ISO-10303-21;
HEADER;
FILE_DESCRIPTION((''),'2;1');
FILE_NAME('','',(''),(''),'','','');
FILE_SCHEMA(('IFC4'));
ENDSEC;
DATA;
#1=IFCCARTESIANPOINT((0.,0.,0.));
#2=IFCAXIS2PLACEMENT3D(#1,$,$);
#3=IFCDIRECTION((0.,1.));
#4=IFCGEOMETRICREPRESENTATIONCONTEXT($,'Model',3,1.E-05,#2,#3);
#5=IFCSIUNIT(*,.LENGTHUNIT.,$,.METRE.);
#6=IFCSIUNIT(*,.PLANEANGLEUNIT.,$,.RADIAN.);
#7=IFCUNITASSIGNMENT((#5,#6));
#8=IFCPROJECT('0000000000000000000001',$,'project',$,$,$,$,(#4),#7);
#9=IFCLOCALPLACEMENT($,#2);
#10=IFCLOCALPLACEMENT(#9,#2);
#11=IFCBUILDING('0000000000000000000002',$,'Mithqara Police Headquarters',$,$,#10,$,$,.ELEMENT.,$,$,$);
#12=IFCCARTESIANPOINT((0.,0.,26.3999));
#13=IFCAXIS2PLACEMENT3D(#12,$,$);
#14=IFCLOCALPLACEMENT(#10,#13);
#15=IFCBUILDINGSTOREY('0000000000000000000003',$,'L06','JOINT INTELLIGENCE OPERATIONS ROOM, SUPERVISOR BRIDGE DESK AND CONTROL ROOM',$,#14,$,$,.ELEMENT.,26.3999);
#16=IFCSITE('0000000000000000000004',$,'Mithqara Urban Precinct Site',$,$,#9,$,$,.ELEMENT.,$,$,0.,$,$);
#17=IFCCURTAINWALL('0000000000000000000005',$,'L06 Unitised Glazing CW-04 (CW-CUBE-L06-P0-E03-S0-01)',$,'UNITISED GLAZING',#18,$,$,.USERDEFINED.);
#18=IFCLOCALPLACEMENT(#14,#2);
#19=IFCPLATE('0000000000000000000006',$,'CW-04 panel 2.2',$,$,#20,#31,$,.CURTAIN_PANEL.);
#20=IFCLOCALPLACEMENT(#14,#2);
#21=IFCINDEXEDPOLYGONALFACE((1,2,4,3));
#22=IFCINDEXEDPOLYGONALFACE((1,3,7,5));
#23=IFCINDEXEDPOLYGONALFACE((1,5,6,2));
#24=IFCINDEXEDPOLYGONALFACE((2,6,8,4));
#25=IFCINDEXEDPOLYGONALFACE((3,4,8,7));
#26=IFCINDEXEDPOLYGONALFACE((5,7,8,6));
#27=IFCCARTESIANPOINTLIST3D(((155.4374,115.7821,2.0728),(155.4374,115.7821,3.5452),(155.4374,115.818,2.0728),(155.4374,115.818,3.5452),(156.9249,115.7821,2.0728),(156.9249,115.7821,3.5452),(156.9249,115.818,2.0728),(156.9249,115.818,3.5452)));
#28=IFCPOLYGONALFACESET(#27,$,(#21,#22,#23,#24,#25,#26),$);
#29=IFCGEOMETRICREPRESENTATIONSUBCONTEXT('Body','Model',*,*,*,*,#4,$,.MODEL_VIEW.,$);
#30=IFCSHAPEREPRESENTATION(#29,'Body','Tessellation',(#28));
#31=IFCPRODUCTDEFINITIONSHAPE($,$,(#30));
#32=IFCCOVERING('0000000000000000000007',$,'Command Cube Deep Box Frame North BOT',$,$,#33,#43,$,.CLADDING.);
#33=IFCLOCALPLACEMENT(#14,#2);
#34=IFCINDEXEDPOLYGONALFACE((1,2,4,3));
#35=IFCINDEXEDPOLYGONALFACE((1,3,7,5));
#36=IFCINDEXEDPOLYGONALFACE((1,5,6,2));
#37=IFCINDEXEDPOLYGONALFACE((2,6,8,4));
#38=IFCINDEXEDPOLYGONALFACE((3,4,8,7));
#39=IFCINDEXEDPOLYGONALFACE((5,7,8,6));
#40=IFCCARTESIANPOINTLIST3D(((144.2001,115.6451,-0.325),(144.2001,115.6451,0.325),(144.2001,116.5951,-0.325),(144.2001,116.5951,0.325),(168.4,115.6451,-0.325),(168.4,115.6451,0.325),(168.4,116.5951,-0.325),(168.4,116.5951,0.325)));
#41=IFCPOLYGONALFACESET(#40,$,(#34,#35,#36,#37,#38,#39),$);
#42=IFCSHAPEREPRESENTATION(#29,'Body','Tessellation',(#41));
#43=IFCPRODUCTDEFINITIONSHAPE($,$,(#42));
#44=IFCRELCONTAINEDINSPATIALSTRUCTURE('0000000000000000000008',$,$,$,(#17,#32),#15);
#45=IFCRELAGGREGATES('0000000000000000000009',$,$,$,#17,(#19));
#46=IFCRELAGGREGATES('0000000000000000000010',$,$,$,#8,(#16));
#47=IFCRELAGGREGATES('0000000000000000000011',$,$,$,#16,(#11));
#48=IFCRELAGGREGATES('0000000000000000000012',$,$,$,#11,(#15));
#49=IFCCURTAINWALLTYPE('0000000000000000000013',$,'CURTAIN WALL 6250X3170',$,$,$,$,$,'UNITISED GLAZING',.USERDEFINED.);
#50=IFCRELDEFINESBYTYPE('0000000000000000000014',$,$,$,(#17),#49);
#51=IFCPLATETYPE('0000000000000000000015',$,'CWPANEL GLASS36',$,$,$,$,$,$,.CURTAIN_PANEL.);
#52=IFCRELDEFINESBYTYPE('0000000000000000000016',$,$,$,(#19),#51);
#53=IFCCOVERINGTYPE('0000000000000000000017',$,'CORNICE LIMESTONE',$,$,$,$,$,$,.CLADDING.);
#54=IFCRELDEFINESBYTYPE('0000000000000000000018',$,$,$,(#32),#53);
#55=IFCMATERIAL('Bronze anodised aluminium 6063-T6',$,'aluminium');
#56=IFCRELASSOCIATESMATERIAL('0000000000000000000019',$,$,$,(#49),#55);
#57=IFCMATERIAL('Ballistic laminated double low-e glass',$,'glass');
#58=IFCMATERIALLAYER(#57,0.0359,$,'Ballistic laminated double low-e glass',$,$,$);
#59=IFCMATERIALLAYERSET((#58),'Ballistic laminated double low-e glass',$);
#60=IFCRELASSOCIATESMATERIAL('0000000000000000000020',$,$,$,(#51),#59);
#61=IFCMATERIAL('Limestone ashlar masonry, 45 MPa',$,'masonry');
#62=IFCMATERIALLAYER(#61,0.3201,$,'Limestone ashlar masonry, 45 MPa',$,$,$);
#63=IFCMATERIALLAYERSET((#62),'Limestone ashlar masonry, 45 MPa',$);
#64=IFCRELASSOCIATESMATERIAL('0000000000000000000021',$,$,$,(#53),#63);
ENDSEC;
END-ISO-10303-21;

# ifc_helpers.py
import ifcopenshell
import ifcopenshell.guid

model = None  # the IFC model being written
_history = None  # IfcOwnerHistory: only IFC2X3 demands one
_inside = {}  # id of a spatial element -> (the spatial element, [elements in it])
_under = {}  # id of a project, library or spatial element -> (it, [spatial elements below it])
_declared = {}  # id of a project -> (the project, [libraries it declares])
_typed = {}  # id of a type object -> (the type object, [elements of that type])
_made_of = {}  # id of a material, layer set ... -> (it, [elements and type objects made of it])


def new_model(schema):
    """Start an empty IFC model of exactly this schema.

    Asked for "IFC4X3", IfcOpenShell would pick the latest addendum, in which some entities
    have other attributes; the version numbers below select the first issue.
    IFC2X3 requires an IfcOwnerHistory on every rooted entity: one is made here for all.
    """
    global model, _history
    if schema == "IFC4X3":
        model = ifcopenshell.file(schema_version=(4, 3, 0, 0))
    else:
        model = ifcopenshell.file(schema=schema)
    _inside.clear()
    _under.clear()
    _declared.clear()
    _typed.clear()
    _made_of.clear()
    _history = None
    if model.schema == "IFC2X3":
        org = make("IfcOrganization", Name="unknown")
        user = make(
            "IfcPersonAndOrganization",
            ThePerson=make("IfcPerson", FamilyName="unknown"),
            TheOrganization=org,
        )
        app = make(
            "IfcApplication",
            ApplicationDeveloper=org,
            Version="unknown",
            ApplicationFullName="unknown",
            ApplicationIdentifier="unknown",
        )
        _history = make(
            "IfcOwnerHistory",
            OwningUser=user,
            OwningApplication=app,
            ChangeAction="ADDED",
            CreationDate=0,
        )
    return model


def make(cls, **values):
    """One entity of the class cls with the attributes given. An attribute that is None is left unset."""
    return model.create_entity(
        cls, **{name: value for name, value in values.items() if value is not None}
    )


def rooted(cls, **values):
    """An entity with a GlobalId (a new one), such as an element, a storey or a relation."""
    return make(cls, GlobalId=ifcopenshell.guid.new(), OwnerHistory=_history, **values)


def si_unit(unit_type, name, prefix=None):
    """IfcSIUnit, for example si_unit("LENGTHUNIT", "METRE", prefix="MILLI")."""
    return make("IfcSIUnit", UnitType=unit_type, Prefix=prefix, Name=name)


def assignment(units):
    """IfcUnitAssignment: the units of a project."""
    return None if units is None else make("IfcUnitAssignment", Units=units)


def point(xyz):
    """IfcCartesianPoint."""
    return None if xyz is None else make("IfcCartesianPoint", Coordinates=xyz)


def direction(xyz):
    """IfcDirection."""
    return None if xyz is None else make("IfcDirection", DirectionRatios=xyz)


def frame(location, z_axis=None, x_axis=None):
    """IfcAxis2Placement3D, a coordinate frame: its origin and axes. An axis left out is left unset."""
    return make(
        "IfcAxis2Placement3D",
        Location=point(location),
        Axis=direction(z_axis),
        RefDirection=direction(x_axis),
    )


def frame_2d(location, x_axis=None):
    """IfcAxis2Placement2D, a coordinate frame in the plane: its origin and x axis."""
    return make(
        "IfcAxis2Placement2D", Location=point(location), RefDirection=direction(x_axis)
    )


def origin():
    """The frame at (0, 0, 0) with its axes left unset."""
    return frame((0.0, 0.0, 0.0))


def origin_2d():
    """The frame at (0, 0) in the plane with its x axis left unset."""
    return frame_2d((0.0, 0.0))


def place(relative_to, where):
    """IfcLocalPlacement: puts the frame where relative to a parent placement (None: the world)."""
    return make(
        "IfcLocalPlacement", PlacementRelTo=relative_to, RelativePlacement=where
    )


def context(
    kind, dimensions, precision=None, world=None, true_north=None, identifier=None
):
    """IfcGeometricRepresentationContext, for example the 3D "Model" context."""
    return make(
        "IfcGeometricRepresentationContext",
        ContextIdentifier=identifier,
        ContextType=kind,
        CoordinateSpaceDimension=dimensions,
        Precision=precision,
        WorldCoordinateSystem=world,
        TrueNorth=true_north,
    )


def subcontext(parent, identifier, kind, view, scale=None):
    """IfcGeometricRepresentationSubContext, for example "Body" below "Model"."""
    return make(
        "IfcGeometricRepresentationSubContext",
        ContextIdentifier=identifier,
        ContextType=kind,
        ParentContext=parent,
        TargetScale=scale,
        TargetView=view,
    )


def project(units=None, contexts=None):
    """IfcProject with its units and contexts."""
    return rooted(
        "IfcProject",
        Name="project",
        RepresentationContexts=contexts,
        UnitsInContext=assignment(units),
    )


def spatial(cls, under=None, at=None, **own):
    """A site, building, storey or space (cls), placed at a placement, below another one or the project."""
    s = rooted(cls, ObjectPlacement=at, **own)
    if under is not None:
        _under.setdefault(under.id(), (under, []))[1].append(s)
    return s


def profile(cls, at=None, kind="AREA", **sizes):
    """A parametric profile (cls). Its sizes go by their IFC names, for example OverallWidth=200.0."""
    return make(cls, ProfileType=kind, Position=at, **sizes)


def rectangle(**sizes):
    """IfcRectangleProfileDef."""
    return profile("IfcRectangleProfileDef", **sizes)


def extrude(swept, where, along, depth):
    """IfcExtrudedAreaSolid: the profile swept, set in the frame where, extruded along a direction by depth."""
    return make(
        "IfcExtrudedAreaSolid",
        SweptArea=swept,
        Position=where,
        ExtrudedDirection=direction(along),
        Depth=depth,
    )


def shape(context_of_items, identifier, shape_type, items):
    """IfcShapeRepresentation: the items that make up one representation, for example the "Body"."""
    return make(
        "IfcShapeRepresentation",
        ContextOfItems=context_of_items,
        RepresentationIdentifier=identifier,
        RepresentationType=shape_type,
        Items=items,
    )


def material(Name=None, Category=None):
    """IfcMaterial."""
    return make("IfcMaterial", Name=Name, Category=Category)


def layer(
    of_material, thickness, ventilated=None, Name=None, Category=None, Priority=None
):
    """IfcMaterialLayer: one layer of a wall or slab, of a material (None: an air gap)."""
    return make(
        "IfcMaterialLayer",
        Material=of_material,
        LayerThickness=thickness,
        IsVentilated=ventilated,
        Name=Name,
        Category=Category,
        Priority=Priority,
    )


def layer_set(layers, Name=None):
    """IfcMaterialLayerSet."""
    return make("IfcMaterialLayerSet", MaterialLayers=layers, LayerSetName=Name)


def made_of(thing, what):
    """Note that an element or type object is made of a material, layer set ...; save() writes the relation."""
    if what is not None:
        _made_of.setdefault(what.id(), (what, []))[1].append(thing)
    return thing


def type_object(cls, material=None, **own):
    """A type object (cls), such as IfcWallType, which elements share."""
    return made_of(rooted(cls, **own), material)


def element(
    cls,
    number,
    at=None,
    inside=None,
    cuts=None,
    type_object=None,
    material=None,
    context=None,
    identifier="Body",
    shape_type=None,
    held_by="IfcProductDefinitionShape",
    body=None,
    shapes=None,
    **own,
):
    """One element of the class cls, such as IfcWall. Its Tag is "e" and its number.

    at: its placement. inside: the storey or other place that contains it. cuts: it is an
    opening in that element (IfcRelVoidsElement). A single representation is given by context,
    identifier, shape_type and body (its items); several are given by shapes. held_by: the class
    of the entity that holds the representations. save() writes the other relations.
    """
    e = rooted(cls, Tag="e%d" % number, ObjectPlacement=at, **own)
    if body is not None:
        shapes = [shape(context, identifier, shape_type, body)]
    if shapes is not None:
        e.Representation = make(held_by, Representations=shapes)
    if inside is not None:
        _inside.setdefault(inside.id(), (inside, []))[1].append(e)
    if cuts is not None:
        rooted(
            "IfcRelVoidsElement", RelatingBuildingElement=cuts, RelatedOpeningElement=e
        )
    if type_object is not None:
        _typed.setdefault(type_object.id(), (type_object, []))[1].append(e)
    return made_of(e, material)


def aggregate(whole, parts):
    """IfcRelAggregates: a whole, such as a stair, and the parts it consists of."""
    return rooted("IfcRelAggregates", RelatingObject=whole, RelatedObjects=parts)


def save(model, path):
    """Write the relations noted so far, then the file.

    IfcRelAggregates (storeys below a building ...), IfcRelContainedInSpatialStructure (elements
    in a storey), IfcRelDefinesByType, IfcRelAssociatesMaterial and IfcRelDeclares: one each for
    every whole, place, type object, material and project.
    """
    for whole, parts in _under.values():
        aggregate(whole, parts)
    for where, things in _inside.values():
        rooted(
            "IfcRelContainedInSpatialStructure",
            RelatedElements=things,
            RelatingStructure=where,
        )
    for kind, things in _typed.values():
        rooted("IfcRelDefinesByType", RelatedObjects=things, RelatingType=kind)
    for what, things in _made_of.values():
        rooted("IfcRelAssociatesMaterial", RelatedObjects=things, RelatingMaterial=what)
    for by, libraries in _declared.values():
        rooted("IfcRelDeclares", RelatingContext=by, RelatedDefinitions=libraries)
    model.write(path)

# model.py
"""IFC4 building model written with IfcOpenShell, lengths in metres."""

from ifc_helpers import new_model, si_unit, direction, frame, origin, origin_2d, place, context, subcontext, project, spatial, rectangle, extrude, material, layer, layer_set, type_object, element, aggregate, save


model = new_model("IFC4")

# Units and contexts
model_context = context("Model", 3, precision=1e-05, world=origin(), true_north=direction((0.0, 1.0)))
body_context = subcontext(model_context, "Body", "Model", "MODEL_VIEW")
ifc_project = project(units=[si_unit("LENGTHUNIT", "METRE"), si_unit("PLANEANGLEUNIT", "RADIAN")], contexts=[model_context])

# Site, building, storey
site_placement = place(None, origin())
site = spatial("IfcSite", under=ifc_project, at=site_placement, Name="Mithqara Urban Precinct Site", CompositionType="ELEMENT", RefElevation=0.0)
building_placement = place(site_placement, origin())
building = spatial("IfcBuilding", under=site, at=building_placement, Name="Mithqara Police Headquarters", CompositionType="ELEMENT")
storey_placement = place(building_placement, frame((0.0, 0.0, 26.3999)))
storey = spatial("IfcBuildingStorey", under=building, at=storey_placement, Name="L06", Description="JOINT INTELLIGENCE OPERATIONS ROOM, SUPERVISOR BRIDGE DESK AND CONTROL ROOM", CompositionType="ELEMENT", Elevation=26.3999)

# Curtain wall
ifc_material_1 = material(Name="Bronze anodised aluminium 6063-T6", Category="aluminium")
curtain_wall_type = type_object("IfcCurtainWallType", Name="CURTAIN WALL 6250X3170", ElementType="UNITISED GLAZING", PredefinedType="USERDEFINED", material=ifc_material_1)
curtain_wall_1_placement = place(storey_placement, origin())
curtain_wall_1 = element("IfcCurtainWall", 1, at=curtain_wall_1_placement, inside=storey, type_object=curtain_wall_type, Name="L06 Unitised Glazing CW-04 (CW-CUBE-L06-P0-E03-S0-01)", ObjectType="UNITISED GLAZING", PredefinedType="USERDEFINED")

# Plate
ifc_material_2 = material(Name="Ballistic laminated double low-e glass", Category="glass")
ifc_layer_1 = layer(ifc_material_2, 0.0359, Name="Ballistic laminated double low-e glass")
ifc_layer_set_1 = layer_set([ifc_layer_1], Name="Ballistic laminated double low-e glass")
plate_type = type_object("IfcPlateType", Name="CWPANEL GLASS36", PredefinedType="CURTAIN_PANEL", material=ifc_layer_set_1)
plate_1_placement = place(storey_placement, frame((156.1812, 115.8, 2.0728), z_axis=(0.0, 0.0, 1.0), x_axis=(-1.0, 0.0, 0.0)))
plate_1 = element("IfcPlate", 2, at=plate_1_placement, type_object=plate_type, Name="CW-04 panel 2.2", PredefinedType="CURTAIN_PANEL", context=body_context, shape_type="SweptSolid", body=[
    extrude(rectangle(XDim=1.4875, YDim=0.0359, at=origin_2d()), origin(), (0.0, 0.0, 1.0), 1.4724),
])
aggregate(curtain_wall_1, [plate_1])

# Covering
ifc_material_3 = material(Name="Limestone ashlar masonry, 45 MPa", Category="masonry")
ifc_layer_2 = layer(ifc_material_3, 0.3201, Name="Limestone ashlar masonry, 45 MPa")
ifc_layer_set_2 = layer_set([ifc_layer_2], Name="Limestone ashlar masonry, 45 MPa")
covering_type = type_object("IfcCoveringType", Name="CORNICE LIMESTONE", PredefinedType="CLADDING", material=ifc_layer_set_2)
covering_placement = place(storey_placement, frame((156.3, 116.1201, -0.325), z_axis=(0.0, 0.0, 1.0), x_axis=(1.0, 0.0, 0.0)))
element("IfcCovering", 3, at=covering_placement, inside=storey, type_object=covering_type, Name="Command Cube Deep Box Frame North BOT", PredefinedType="CLADDING", context=body_context, shape_type="SweptSolid", body=[
    extrude(rectangle(XDim=24.2, YDim=0.95, at=origin_2d()), origin(), (0.0, 0.0, 1.0), 0.6499),
])

save(model, "model.ifc")
